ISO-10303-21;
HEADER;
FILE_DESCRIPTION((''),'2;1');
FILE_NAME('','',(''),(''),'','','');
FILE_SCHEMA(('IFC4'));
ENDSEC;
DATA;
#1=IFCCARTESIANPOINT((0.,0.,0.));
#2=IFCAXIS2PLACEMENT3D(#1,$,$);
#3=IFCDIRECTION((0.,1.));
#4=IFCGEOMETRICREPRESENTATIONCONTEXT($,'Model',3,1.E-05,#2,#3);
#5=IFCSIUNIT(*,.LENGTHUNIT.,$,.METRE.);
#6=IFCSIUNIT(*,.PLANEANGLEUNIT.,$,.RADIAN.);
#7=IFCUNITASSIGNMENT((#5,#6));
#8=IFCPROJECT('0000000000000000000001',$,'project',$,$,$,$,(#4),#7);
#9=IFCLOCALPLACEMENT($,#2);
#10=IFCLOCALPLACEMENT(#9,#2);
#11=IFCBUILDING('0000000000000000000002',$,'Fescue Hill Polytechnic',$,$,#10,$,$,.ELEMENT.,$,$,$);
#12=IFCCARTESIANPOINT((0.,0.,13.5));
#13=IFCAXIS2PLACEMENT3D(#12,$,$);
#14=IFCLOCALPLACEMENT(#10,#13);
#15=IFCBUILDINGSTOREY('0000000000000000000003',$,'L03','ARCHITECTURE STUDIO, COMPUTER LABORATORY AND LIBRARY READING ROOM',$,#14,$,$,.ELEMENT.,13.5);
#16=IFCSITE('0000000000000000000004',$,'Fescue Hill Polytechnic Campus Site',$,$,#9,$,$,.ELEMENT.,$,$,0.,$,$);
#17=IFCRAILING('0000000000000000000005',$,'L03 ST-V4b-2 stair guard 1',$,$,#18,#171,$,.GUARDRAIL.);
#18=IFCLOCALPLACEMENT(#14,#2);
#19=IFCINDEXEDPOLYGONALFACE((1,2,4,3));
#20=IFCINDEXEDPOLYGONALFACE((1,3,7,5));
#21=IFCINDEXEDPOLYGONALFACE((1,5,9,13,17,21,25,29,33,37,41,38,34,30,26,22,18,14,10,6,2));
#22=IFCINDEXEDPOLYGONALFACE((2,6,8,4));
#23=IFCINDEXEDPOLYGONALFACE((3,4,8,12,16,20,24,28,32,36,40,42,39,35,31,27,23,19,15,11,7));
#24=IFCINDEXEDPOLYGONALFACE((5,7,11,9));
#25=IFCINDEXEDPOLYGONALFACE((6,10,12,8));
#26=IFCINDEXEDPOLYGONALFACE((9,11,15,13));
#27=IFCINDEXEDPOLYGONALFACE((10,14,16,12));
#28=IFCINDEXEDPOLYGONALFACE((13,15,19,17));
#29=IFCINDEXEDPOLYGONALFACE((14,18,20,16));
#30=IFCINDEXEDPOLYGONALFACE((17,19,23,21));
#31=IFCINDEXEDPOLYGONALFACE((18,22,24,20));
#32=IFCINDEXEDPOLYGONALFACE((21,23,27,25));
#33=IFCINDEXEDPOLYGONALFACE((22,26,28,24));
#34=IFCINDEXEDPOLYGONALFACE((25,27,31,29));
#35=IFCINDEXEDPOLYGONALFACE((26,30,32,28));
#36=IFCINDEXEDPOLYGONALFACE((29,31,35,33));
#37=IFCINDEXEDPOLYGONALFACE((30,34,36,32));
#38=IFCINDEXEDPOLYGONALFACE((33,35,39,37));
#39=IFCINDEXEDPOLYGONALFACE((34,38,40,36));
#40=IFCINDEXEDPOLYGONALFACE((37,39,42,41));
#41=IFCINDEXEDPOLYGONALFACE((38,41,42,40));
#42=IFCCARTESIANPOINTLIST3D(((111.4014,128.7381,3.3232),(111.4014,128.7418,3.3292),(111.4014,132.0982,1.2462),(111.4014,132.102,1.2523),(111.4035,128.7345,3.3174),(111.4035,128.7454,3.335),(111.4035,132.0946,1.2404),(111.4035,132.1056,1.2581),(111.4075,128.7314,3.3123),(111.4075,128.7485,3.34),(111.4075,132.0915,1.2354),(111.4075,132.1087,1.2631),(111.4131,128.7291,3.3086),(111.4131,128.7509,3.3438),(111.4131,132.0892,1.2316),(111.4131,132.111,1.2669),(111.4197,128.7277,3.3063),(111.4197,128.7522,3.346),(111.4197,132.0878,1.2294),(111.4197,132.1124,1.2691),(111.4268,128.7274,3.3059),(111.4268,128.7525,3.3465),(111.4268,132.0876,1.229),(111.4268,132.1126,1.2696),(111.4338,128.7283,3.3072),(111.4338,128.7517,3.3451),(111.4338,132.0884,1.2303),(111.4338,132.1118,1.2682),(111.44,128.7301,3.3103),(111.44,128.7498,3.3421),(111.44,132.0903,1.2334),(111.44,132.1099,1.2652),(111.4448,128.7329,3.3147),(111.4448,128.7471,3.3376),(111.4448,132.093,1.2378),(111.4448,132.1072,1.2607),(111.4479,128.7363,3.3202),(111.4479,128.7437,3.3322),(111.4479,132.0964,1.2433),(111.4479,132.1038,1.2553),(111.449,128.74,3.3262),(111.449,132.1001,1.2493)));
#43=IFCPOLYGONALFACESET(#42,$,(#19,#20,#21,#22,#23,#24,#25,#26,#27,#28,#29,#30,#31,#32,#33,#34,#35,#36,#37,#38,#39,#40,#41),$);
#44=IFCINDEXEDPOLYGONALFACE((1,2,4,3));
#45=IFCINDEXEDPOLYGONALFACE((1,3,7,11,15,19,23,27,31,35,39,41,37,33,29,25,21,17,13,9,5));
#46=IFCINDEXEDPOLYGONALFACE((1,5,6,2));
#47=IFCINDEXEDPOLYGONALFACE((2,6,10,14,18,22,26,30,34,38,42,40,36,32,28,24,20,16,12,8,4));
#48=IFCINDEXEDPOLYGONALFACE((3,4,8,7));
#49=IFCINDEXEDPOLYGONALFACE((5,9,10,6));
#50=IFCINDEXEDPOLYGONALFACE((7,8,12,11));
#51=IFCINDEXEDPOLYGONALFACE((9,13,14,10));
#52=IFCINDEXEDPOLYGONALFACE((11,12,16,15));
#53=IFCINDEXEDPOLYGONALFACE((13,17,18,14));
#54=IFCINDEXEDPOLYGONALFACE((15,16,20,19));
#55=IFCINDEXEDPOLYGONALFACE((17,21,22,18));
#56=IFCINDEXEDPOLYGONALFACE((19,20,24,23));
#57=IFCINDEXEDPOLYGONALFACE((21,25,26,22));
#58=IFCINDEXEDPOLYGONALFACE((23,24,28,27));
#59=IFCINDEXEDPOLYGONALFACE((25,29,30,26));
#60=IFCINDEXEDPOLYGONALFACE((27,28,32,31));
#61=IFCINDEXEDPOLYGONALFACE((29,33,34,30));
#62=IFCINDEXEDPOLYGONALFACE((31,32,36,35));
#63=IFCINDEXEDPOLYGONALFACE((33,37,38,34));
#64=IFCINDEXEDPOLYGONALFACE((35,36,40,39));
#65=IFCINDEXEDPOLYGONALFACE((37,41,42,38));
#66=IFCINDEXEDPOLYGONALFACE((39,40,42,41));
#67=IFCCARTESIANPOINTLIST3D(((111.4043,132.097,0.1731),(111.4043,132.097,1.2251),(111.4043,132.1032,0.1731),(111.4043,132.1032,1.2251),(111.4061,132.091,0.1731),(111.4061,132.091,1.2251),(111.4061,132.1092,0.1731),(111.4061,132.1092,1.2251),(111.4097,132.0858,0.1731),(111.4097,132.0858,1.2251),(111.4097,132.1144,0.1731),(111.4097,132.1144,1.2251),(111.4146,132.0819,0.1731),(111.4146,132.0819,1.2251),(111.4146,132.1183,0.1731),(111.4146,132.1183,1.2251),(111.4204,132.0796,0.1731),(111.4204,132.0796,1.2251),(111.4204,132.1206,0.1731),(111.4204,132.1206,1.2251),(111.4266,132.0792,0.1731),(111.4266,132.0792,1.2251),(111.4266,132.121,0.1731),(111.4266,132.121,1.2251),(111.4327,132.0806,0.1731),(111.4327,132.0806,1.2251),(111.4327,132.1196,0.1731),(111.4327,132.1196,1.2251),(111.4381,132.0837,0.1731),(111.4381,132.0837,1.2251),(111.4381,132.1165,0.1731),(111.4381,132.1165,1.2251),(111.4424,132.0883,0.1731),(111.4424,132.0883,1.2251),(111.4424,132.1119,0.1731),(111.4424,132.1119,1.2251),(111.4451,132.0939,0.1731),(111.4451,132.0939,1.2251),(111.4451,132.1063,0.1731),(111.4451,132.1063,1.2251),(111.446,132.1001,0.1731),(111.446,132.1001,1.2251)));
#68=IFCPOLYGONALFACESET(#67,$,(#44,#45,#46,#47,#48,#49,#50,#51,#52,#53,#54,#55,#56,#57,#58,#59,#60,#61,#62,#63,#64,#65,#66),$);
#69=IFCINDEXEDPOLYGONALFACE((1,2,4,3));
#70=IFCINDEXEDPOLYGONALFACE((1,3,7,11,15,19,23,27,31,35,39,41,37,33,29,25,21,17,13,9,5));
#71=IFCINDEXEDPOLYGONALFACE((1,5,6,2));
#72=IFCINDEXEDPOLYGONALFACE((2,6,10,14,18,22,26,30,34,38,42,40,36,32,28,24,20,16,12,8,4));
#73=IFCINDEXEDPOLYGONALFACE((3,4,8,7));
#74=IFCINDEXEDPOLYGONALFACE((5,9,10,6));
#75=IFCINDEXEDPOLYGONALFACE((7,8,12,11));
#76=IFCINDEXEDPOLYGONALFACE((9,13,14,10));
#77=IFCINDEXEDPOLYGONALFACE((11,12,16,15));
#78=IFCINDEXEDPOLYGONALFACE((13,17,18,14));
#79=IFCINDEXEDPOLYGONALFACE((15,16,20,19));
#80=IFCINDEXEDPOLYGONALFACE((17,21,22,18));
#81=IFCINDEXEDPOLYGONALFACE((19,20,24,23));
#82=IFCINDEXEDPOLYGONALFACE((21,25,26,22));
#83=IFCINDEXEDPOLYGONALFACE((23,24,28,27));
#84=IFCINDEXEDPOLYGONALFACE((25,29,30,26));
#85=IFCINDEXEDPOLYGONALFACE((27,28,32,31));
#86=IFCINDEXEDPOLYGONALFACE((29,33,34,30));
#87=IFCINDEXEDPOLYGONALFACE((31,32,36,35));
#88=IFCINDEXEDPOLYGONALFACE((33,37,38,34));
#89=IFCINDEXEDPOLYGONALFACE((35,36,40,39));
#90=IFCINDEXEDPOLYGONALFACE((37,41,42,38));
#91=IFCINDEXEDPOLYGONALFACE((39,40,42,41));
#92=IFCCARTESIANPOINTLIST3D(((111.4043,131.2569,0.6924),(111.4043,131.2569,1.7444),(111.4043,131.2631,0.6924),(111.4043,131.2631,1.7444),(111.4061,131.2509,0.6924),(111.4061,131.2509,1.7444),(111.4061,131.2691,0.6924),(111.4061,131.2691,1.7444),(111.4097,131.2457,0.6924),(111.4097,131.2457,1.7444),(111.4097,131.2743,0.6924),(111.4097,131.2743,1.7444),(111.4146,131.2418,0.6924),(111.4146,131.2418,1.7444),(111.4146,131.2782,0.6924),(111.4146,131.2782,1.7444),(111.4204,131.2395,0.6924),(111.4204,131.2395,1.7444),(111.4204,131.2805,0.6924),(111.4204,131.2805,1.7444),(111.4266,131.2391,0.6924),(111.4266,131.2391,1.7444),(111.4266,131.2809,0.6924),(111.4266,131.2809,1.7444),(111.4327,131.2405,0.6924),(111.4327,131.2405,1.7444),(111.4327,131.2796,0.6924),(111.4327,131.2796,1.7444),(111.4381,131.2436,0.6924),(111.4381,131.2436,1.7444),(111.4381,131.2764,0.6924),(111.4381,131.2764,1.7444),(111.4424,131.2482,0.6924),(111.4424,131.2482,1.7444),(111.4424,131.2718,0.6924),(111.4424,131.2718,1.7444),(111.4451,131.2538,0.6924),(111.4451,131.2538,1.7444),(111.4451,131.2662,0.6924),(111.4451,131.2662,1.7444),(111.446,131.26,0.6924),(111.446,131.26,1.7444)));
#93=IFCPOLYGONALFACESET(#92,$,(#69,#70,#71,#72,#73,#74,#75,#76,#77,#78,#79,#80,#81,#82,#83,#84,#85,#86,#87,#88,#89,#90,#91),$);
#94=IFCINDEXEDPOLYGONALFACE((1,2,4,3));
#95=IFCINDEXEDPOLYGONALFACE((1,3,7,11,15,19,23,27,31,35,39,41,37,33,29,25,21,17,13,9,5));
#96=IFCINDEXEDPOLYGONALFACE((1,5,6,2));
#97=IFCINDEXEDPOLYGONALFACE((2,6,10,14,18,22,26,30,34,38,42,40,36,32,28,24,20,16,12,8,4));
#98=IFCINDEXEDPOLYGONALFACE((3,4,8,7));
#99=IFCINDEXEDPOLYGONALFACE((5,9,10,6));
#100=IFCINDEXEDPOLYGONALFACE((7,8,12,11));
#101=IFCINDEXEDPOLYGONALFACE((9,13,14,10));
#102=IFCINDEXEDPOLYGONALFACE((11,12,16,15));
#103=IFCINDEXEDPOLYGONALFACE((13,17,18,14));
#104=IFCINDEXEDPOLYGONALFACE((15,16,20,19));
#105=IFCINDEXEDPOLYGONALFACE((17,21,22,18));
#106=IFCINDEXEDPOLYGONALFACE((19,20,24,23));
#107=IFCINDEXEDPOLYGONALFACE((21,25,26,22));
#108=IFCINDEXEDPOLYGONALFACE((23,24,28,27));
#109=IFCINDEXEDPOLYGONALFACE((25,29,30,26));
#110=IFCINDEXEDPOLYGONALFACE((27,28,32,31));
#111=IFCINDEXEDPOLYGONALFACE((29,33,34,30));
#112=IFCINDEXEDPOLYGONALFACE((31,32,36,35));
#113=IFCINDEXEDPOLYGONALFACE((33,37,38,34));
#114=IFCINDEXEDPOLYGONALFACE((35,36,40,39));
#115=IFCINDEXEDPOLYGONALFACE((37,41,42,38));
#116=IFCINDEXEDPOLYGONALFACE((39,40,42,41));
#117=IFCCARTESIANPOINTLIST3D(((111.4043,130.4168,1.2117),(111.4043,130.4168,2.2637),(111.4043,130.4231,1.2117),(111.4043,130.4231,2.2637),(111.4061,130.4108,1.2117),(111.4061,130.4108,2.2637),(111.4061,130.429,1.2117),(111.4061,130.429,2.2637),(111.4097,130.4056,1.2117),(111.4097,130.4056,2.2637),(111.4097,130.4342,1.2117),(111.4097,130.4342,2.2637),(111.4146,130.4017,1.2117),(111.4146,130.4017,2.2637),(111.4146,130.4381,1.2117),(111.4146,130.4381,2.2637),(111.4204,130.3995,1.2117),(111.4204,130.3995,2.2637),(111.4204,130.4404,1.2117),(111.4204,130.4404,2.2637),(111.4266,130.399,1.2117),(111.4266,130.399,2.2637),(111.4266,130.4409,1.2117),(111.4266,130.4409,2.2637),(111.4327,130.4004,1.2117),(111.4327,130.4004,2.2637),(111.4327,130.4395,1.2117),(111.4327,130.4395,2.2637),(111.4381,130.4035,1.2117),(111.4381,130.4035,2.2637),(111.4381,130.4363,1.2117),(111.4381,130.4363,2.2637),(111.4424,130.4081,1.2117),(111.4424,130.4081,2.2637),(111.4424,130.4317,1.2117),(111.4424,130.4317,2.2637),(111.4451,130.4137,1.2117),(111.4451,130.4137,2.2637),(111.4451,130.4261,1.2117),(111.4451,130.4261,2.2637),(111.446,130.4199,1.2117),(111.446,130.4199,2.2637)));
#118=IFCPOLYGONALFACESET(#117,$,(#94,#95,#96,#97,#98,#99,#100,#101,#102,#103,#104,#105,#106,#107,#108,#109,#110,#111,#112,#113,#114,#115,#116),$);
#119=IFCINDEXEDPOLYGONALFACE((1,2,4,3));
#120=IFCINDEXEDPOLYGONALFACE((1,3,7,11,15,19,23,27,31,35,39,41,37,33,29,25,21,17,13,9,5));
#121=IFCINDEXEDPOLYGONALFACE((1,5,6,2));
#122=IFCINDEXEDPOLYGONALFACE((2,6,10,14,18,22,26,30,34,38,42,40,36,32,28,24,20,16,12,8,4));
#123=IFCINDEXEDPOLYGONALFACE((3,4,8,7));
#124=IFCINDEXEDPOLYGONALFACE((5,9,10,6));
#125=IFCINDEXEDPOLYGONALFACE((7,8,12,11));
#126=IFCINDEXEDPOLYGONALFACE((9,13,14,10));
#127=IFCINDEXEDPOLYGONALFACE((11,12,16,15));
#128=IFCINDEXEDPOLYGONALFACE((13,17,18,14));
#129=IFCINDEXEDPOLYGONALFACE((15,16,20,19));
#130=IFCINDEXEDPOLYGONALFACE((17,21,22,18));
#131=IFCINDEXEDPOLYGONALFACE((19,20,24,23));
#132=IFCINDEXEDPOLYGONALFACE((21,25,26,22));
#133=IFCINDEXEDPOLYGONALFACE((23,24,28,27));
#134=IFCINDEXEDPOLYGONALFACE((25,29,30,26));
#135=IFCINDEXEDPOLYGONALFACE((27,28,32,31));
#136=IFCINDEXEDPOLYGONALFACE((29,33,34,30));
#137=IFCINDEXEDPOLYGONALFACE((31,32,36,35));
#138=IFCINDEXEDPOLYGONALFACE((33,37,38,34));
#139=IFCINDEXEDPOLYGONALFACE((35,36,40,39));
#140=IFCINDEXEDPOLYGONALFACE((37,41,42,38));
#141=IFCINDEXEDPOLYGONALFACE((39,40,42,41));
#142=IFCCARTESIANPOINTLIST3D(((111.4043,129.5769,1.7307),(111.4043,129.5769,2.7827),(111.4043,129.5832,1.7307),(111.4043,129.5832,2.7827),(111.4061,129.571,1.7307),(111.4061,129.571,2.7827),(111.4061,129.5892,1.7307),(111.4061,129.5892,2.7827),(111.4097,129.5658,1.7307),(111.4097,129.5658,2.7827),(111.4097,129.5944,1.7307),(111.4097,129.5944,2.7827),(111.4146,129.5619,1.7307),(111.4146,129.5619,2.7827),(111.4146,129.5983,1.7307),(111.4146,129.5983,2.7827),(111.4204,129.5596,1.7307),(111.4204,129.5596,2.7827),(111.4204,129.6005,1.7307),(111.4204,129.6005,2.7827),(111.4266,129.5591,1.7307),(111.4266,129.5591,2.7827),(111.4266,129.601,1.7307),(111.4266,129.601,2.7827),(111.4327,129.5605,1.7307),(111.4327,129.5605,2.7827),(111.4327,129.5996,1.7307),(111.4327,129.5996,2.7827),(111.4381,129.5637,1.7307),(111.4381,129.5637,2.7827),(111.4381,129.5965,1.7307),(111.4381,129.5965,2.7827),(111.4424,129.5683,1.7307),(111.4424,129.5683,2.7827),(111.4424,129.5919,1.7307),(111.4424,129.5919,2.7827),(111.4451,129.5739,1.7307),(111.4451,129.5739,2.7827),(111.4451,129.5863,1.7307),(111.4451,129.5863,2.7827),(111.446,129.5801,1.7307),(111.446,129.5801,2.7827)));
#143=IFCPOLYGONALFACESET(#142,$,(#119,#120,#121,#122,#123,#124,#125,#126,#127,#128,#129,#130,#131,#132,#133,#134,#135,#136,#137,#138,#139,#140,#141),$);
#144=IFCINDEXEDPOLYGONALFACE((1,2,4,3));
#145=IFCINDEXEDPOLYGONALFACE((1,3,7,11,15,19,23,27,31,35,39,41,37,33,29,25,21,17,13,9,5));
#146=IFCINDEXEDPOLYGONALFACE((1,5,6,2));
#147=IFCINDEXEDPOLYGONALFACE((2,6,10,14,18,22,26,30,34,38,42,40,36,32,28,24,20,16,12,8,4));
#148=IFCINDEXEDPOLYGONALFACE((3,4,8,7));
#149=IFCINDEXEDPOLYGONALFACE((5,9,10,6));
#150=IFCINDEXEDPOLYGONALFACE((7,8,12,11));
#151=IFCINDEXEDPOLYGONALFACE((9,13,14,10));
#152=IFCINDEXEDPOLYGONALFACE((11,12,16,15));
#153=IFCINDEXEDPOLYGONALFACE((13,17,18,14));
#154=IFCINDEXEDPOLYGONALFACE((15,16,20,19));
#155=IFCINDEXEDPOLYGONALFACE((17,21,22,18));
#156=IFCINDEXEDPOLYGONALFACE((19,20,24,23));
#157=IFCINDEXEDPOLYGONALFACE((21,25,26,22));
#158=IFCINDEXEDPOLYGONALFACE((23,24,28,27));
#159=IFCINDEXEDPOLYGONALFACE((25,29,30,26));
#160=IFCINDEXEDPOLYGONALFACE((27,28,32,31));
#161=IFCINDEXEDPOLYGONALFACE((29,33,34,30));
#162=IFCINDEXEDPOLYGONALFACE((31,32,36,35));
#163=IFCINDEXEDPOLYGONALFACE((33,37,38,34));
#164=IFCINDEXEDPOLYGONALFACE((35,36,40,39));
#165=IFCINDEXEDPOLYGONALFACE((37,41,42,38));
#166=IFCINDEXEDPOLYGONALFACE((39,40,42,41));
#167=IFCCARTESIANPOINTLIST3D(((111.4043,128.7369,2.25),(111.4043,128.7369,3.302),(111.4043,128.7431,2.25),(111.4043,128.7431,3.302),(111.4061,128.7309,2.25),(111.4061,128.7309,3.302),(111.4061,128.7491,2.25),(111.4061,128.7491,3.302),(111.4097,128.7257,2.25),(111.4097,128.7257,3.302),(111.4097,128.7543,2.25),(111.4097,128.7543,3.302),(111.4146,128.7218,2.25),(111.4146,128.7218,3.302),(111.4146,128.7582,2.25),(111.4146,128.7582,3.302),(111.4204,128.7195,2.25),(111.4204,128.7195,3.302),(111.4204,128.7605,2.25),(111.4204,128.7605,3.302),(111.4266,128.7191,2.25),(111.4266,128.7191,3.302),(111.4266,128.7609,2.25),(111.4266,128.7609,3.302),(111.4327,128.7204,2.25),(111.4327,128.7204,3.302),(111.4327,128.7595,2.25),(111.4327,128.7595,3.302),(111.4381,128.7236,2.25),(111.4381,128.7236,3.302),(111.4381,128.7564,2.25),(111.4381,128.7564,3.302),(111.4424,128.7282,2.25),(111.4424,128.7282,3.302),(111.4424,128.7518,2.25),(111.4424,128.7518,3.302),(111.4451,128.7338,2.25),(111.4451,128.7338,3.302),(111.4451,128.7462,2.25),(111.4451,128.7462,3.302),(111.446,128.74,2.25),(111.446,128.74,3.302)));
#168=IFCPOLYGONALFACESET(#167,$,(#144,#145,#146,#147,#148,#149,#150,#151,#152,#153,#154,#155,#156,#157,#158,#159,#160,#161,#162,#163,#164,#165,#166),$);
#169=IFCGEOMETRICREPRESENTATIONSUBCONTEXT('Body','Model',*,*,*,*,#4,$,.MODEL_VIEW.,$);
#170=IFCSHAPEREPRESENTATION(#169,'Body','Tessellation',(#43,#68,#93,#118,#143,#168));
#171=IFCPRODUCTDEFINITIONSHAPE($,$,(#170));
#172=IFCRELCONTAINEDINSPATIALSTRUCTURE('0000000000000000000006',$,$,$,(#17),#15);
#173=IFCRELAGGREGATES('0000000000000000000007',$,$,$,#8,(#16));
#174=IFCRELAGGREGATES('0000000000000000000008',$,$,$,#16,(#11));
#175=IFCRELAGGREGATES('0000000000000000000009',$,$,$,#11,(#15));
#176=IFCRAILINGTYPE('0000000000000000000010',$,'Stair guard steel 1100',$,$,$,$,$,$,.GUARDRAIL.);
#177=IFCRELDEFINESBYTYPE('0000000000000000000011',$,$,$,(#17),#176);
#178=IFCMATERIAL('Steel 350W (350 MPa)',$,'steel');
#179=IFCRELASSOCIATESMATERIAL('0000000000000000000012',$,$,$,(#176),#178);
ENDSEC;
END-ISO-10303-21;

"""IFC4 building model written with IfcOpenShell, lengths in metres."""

from ifc_helpers import new_model, si_unit, direction, frame, origin, origin_2d, place, context, subcontext, project, spatial, circle, extrude, material, type_object, element, save


model = new_model("IFC4")

# Units and contexts
model_context = context("Model", 3, precision=1e-05, world=origin(), true_north=direction((0.0, 1.0)))
body_context = subcontext(model_context, "Body", "Model", "MODEL_VIEW")
ifc_project = project(units=[si_unit("LENGTHUNIT", "METRE"), si_unit("PLANEANGLEUNIT", "RADIAN")], contexts=[model_context])

# Site, building, storey
site_placement = place(None, origin())
site = spatial("IfcSite", under=ifc_project, at=site_placement, Name="Fescue Hill Polytechnic Campus Site", CompositionType="ELEMENT", RefElevation=0.0)
building_placement = place(site_placement, origin())
building = spatial("IfcBuilding", under=site, at=building_placement, Name="Fescue Hill Polytechnic", CompositionType="ELEMENT")
storey_placement = place(building_placement, frame((0.0, 0.0, 13.5)))
storey = spatial("IfcBuildingStorey", under=building, at=storey_placement, Name="L03", Description="ARCHITECTURE STUDIO, COMPUTER LABORATORY AND LIBRARY READING ROOM", CompositionType="ELEMENT", Elevation=13.5)

# Railing
ifc_material_1 = material(Name="Steel 350W (350 MPa)", Category="steel")
railing_type_1 = type_object("IfcRailingType", Name="Stair guard steel 1100", PredefinedType="GUARDRAIL", material=ifc_material_1)
railing_1_placement = place(storey_placement, frame((111.425, 132.1001, 0.1731)))
element("IfcRailing", 1, at=railing_1_placement, inside=storey, type_object=railing_type_1, Name="L03 ST-V4b-2 stair guard 1", PredefinedType="GUARDRAIL", context=body_context, shape_type="SweptSolid", body=[
    extrude(circle(Radius=0.0239, at=origin_2d()), frame((0.0, 0.0, 1.0762), z_axis=(0.0, -0.850623, 0.525776), x_axis=(1.0, 0.0, 0.0)), (0.0, 0.0, 1.0), 3.9502),
    extrude(circle(Radius=0.021, at=origin_2d()), origin(), (0.0, 0.0, 1.0), 1.052),
    extrude(circle(Radius=0.021, at=origin_2d()), frame((0.0, -0.8401, 0.5193)), (0.0, 0.0, 1.0), 1.052),
    extrude(circle(Radius=0.021, at=origin_2d()), frame((0.0, -1.6802, 1.0386)), (0.0, 0.0, 1.0), 1.052),
    extrude(circle(Radius=0.021, at=origin_2d()), frame((0.0, -2.52, 1.5576)), (0.0, 0.0, 1.0), 1.052),
    extrude(circle(Radius=0.021, at=origin_2d()), frame((0.0, -3.3601, 2.0769)), (0.0, 0.0, 1.0), 1.052),
])

save(model, "model.ifc")
